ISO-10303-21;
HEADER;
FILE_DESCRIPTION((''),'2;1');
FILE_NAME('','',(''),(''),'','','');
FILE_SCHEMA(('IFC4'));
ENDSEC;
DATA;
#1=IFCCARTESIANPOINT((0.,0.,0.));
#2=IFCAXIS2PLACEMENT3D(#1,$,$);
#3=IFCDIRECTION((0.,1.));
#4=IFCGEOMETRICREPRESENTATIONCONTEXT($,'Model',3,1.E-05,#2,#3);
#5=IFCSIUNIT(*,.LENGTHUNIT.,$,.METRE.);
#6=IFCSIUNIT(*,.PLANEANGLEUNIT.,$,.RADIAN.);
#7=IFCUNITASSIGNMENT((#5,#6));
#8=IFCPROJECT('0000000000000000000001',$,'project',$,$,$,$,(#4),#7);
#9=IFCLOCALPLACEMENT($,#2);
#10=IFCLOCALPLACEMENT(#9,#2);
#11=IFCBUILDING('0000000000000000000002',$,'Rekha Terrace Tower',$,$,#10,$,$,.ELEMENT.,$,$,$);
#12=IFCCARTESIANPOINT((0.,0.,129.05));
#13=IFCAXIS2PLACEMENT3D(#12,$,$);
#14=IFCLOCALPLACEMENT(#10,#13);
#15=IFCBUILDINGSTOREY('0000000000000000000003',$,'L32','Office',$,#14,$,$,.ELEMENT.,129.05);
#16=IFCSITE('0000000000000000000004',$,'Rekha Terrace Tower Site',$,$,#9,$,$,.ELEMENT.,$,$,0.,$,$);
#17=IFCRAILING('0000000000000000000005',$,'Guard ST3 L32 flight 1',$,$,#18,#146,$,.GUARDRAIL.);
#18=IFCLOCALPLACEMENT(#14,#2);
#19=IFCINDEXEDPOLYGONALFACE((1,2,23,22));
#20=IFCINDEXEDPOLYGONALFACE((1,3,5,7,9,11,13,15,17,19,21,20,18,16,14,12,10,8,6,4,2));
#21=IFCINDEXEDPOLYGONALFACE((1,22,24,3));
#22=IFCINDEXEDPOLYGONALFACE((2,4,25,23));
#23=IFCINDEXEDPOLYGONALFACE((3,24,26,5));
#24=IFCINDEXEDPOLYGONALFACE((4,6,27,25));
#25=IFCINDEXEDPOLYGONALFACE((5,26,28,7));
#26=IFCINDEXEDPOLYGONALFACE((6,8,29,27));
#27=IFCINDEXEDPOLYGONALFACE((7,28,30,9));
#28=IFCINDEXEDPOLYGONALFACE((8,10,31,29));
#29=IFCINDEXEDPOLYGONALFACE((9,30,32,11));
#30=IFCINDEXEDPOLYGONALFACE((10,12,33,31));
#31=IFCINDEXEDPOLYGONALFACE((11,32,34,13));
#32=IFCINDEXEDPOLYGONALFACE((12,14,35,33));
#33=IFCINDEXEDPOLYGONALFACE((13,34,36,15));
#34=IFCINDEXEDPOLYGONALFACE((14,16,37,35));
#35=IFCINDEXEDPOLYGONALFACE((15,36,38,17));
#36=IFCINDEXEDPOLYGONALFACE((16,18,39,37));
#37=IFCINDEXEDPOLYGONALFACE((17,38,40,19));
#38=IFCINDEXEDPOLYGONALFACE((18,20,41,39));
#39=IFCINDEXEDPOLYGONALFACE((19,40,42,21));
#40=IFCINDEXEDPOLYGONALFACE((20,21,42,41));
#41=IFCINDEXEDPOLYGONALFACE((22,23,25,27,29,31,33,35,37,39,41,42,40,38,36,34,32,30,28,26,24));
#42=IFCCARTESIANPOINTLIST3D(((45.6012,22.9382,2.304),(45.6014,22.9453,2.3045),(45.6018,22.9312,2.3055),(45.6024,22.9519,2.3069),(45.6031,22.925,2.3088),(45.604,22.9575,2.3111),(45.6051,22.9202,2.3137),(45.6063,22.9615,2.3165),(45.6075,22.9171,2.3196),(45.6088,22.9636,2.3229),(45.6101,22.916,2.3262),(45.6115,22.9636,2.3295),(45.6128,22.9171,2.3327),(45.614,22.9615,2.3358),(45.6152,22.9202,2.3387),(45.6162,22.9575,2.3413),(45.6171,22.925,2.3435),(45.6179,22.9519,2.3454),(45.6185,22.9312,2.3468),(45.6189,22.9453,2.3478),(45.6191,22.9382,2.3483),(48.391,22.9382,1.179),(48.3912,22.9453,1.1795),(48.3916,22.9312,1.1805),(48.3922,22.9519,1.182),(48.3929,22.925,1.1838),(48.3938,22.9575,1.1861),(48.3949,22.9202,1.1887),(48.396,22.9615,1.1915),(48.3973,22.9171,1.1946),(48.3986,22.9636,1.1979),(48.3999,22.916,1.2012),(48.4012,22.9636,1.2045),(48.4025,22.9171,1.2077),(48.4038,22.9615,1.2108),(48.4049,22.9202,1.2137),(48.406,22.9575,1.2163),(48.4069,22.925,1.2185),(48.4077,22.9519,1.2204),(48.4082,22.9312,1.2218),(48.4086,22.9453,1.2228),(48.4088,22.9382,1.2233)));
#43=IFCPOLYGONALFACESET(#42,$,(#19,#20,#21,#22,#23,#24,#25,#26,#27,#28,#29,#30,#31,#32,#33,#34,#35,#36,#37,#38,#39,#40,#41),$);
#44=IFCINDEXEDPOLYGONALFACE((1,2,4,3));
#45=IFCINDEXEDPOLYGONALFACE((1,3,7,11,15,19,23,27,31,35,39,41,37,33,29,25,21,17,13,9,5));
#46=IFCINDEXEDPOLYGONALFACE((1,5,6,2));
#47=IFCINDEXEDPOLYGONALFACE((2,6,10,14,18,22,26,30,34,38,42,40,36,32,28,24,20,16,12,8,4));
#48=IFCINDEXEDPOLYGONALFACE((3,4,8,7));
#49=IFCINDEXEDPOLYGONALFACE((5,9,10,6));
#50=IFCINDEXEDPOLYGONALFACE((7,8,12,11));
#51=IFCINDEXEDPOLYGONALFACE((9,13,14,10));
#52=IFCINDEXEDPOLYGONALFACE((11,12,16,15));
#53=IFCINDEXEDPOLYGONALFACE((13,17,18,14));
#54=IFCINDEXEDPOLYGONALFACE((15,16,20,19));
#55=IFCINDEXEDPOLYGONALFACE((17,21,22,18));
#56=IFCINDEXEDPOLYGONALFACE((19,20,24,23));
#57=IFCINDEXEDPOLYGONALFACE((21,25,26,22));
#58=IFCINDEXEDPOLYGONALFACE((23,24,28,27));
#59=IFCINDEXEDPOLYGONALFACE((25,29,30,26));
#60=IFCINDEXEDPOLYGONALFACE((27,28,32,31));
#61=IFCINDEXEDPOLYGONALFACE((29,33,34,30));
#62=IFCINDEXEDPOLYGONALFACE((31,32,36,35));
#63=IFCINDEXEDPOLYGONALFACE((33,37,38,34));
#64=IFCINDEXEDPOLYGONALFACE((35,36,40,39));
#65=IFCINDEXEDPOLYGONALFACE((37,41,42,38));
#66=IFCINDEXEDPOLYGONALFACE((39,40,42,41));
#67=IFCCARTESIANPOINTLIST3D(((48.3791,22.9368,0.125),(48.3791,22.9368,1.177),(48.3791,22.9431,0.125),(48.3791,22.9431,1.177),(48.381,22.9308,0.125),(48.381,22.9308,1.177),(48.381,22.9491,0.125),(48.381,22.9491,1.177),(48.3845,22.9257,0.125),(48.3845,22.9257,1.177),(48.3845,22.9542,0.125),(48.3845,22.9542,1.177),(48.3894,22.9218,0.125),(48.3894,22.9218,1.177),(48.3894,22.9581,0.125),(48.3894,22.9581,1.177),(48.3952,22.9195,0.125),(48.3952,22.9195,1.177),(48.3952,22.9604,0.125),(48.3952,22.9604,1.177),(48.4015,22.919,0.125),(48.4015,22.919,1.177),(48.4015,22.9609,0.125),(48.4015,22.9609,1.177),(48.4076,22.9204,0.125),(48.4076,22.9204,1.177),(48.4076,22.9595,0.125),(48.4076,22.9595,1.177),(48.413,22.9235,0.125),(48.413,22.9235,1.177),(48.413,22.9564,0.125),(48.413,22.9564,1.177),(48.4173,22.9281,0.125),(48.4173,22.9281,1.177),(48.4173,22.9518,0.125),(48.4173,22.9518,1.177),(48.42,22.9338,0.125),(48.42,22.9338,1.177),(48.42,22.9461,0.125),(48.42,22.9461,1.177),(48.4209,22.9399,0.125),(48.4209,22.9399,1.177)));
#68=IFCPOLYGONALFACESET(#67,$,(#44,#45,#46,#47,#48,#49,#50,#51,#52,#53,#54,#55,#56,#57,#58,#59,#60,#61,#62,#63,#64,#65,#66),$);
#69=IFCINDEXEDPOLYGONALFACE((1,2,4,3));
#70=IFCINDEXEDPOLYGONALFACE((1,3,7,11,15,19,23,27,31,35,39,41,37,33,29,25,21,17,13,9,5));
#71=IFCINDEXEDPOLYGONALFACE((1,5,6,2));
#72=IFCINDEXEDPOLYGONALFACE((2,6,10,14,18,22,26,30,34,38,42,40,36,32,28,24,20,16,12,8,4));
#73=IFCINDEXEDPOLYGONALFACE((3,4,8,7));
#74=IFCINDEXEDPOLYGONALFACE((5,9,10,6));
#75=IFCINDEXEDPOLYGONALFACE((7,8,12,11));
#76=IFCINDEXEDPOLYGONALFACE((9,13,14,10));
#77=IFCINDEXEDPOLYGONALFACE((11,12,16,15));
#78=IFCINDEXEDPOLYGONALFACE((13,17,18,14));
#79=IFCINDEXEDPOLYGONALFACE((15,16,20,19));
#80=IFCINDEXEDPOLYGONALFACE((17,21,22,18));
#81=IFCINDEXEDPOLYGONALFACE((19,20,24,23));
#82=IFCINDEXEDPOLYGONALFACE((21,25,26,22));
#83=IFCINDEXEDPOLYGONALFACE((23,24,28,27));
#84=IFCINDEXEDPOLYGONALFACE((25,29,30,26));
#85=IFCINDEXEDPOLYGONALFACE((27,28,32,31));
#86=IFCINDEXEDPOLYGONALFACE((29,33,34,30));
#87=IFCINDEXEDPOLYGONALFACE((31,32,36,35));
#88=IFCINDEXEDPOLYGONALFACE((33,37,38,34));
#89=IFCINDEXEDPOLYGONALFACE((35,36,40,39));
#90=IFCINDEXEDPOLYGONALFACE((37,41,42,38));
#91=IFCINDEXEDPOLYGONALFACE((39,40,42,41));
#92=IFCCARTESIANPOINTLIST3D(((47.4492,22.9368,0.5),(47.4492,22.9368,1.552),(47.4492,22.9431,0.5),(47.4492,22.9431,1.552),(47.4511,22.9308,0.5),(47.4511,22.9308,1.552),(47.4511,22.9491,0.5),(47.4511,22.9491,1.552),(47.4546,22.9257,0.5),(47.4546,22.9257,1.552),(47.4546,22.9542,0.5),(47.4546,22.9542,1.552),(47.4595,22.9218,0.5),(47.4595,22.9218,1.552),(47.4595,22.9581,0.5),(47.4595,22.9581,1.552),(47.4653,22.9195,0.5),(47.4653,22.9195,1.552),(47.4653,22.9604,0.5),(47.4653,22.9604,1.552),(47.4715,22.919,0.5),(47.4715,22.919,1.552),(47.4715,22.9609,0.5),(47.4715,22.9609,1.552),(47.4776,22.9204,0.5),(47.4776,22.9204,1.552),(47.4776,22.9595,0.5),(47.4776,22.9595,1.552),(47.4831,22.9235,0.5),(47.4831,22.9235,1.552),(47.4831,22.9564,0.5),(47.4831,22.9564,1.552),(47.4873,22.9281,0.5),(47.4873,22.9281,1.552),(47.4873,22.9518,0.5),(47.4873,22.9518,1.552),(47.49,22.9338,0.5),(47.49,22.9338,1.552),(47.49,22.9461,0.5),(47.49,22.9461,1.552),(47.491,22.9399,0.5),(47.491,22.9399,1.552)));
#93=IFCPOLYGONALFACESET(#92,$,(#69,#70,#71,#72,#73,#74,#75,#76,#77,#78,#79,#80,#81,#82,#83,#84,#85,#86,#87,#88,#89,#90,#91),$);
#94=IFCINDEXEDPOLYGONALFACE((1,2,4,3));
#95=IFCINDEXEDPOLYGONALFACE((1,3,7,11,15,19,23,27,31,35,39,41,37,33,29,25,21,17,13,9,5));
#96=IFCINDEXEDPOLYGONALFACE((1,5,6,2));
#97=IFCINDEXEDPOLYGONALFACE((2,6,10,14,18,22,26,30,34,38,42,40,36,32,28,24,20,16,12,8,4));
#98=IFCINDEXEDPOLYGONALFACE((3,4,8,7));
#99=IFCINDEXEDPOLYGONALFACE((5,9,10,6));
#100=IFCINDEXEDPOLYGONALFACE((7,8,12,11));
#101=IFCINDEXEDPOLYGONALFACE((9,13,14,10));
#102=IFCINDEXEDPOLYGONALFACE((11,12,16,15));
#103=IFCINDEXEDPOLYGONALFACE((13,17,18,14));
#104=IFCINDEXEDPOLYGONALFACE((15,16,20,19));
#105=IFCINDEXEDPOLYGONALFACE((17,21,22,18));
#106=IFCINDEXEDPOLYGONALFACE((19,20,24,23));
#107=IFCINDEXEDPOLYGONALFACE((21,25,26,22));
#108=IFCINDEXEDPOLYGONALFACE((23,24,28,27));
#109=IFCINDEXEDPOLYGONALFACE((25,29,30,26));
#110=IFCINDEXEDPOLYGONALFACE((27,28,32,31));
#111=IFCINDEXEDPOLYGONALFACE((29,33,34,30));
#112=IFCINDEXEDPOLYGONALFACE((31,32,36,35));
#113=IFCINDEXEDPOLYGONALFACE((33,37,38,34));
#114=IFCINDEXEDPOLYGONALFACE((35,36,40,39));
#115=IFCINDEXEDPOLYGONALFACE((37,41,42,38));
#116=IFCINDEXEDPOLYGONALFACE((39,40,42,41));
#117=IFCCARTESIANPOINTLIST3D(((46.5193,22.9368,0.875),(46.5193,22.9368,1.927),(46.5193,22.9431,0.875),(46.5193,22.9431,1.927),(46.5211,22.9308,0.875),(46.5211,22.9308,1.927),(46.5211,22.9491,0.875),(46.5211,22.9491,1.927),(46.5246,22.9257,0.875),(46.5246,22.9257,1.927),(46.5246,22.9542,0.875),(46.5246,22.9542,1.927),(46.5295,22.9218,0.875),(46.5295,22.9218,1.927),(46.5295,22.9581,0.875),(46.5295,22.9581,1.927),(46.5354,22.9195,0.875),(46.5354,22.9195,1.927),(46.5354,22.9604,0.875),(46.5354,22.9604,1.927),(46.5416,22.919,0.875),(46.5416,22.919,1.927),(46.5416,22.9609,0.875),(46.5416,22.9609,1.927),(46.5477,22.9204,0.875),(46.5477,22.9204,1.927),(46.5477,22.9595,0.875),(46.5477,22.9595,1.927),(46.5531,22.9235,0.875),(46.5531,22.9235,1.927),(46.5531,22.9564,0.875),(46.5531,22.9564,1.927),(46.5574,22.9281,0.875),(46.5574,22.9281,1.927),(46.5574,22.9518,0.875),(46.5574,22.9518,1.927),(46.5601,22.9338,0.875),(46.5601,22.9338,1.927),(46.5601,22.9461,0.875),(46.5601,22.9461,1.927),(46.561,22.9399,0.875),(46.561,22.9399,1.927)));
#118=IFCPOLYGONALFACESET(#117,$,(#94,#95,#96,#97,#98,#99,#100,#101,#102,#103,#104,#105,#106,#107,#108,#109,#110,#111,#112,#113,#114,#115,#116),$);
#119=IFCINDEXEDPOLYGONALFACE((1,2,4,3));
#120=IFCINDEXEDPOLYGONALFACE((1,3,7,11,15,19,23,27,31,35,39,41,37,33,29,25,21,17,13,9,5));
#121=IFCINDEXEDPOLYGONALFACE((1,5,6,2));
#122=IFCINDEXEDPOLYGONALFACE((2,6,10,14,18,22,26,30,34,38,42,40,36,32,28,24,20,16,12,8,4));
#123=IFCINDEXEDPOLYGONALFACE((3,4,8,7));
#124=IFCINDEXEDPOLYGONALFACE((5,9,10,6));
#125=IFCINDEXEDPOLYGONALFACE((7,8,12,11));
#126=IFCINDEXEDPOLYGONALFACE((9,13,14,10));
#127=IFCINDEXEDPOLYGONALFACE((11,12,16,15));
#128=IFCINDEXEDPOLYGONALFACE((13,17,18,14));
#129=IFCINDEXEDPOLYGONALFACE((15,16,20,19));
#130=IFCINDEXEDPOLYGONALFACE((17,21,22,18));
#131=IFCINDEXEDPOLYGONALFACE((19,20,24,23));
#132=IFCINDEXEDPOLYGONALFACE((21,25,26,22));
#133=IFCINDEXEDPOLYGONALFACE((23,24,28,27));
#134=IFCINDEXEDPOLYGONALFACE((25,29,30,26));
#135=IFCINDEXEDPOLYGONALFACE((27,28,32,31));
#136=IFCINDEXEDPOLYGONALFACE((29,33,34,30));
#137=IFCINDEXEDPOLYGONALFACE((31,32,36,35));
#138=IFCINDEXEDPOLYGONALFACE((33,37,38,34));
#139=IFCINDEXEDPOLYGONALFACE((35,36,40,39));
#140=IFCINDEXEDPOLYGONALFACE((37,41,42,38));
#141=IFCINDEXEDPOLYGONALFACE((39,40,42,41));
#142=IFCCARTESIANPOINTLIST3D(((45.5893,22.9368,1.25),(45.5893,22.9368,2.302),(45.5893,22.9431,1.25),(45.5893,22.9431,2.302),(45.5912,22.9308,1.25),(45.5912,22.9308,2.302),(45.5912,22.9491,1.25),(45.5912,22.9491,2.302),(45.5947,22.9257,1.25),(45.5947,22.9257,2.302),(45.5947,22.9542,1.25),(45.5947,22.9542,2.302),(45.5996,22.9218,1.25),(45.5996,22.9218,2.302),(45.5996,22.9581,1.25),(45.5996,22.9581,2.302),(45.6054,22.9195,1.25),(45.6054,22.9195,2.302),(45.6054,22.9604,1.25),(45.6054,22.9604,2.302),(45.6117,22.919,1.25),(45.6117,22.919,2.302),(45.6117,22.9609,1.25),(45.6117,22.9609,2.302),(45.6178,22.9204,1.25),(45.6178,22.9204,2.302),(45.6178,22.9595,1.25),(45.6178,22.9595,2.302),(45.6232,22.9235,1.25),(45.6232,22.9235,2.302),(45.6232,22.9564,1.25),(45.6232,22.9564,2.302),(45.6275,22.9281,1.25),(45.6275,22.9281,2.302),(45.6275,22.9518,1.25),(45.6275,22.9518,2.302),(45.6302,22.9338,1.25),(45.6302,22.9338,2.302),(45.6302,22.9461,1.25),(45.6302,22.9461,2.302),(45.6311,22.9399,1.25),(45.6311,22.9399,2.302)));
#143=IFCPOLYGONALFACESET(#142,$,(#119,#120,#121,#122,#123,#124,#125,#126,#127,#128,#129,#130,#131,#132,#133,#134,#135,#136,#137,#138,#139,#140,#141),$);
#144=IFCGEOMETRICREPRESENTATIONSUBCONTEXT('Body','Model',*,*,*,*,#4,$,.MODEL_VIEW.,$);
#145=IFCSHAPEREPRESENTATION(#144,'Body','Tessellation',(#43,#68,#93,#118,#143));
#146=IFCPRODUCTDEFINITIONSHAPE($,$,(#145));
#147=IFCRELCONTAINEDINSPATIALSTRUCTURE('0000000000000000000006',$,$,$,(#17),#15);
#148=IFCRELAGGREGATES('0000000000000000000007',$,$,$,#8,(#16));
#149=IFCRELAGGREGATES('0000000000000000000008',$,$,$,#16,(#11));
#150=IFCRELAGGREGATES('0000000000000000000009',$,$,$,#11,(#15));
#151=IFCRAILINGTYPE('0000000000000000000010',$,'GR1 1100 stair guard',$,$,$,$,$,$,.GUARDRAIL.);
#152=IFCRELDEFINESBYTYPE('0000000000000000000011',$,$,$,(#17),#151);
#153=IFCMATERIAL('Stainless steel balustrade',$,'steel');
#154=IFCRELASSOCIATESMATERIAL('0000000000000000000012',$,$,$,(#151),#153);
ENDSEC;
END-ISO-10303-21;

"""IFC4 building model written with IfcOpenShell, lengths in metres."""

from ifc_helpers import new_model, si_unit, direction, frame, origin, origin_2d, place, context, subcontext, project, spatial, circle, extrude, material, type_object, element, save


model = new_model("IFC4")

# Units and contexts
model_context = context("Model", 3, precision=1e-05, world=origin(), true_north=direction((0.0, 1.0)))
body_context = subcontext(model_context, "Body", "Model", "MODEL_VIEW")
ifc_project = project(units=[si_unit("LENGTHUNIT", "METRE"), si_unit("PLANEANGLEUNIT", "RADIAN")], contexts=[model_context])

# Site, building, storey
site_placement = place(None, origin())
site = spatial("IfcSite", under=ifc_project, at=site_placement, Name="Rekha Terrace Tower Site", CompositionType="ELEMENT", RefElevation=0.0)
building_placement = place(site_placement, origin())
building = spatial("IfcBuilding", under=site, at=building_placement, Name="Rekha Terrace Tower", CompositionType="ELEMENT")
storey_placement = place(building_placement, frame((0.0, 0.0, 129.05)))
storey = spatial("IfcBuildingStorey", under=building, at=storey_placement, Name="L32", Description="Office", CompositionType="ELEMENT", Elevation=129.05)

# Railing
ifc_material_1 = material(Name="Stainless steel balustrade", Category="steel")
railing_type = type_object("IfcRailingType", Name="GR1 1100 stair guard", PredefinedType="GUARDRAIL", material=ifc_material_1)
railing_1_placement = place(storey_placement, frame((48.3999, 22.9399, 0.125)))
element("IfcRailing", 1, at=railing_1_placement, inside=storey, type_object=railing_type, Name="Guard ST3 L32 flight 1", PredefinedType="GUARDRAIL", context=body_context, shape_type="SweptSolid", body=[
    extrude(circle(Radius=0.0239, at=origin_2d()), frame((0.0, 0.0, 1.0762), z_axis=(-0.927432, 0.0, 0.373992), x_axis=(0.0, -1.0, 0.0)), (0.0, 0.0, 1.0), 3.0081),
    extrude(circle(Radius=0.021, at=origin_2d()), origin(), (0.0, 0.0, 1.0), 1.052),
    extrude(circle(Radius=0.021, at=origin_2d()), frame((-0.9299, 0.0, 0.375)), (0.0, 0.0, 1.0), 1.052),
    extrude(circle(Radius=0.021, at=origin_2d()), frame((-1.8599, 0.0, 0.75)), (0.0, 0.0, 1.0), 1.052),
    extrude(circle(Radius=0.021, at=origin_2d()), frame((-2.7898, 0.0, 1.125)), (0.0, 0.0, 1.0), 1.052),
])

save(model, "model.ifc")
